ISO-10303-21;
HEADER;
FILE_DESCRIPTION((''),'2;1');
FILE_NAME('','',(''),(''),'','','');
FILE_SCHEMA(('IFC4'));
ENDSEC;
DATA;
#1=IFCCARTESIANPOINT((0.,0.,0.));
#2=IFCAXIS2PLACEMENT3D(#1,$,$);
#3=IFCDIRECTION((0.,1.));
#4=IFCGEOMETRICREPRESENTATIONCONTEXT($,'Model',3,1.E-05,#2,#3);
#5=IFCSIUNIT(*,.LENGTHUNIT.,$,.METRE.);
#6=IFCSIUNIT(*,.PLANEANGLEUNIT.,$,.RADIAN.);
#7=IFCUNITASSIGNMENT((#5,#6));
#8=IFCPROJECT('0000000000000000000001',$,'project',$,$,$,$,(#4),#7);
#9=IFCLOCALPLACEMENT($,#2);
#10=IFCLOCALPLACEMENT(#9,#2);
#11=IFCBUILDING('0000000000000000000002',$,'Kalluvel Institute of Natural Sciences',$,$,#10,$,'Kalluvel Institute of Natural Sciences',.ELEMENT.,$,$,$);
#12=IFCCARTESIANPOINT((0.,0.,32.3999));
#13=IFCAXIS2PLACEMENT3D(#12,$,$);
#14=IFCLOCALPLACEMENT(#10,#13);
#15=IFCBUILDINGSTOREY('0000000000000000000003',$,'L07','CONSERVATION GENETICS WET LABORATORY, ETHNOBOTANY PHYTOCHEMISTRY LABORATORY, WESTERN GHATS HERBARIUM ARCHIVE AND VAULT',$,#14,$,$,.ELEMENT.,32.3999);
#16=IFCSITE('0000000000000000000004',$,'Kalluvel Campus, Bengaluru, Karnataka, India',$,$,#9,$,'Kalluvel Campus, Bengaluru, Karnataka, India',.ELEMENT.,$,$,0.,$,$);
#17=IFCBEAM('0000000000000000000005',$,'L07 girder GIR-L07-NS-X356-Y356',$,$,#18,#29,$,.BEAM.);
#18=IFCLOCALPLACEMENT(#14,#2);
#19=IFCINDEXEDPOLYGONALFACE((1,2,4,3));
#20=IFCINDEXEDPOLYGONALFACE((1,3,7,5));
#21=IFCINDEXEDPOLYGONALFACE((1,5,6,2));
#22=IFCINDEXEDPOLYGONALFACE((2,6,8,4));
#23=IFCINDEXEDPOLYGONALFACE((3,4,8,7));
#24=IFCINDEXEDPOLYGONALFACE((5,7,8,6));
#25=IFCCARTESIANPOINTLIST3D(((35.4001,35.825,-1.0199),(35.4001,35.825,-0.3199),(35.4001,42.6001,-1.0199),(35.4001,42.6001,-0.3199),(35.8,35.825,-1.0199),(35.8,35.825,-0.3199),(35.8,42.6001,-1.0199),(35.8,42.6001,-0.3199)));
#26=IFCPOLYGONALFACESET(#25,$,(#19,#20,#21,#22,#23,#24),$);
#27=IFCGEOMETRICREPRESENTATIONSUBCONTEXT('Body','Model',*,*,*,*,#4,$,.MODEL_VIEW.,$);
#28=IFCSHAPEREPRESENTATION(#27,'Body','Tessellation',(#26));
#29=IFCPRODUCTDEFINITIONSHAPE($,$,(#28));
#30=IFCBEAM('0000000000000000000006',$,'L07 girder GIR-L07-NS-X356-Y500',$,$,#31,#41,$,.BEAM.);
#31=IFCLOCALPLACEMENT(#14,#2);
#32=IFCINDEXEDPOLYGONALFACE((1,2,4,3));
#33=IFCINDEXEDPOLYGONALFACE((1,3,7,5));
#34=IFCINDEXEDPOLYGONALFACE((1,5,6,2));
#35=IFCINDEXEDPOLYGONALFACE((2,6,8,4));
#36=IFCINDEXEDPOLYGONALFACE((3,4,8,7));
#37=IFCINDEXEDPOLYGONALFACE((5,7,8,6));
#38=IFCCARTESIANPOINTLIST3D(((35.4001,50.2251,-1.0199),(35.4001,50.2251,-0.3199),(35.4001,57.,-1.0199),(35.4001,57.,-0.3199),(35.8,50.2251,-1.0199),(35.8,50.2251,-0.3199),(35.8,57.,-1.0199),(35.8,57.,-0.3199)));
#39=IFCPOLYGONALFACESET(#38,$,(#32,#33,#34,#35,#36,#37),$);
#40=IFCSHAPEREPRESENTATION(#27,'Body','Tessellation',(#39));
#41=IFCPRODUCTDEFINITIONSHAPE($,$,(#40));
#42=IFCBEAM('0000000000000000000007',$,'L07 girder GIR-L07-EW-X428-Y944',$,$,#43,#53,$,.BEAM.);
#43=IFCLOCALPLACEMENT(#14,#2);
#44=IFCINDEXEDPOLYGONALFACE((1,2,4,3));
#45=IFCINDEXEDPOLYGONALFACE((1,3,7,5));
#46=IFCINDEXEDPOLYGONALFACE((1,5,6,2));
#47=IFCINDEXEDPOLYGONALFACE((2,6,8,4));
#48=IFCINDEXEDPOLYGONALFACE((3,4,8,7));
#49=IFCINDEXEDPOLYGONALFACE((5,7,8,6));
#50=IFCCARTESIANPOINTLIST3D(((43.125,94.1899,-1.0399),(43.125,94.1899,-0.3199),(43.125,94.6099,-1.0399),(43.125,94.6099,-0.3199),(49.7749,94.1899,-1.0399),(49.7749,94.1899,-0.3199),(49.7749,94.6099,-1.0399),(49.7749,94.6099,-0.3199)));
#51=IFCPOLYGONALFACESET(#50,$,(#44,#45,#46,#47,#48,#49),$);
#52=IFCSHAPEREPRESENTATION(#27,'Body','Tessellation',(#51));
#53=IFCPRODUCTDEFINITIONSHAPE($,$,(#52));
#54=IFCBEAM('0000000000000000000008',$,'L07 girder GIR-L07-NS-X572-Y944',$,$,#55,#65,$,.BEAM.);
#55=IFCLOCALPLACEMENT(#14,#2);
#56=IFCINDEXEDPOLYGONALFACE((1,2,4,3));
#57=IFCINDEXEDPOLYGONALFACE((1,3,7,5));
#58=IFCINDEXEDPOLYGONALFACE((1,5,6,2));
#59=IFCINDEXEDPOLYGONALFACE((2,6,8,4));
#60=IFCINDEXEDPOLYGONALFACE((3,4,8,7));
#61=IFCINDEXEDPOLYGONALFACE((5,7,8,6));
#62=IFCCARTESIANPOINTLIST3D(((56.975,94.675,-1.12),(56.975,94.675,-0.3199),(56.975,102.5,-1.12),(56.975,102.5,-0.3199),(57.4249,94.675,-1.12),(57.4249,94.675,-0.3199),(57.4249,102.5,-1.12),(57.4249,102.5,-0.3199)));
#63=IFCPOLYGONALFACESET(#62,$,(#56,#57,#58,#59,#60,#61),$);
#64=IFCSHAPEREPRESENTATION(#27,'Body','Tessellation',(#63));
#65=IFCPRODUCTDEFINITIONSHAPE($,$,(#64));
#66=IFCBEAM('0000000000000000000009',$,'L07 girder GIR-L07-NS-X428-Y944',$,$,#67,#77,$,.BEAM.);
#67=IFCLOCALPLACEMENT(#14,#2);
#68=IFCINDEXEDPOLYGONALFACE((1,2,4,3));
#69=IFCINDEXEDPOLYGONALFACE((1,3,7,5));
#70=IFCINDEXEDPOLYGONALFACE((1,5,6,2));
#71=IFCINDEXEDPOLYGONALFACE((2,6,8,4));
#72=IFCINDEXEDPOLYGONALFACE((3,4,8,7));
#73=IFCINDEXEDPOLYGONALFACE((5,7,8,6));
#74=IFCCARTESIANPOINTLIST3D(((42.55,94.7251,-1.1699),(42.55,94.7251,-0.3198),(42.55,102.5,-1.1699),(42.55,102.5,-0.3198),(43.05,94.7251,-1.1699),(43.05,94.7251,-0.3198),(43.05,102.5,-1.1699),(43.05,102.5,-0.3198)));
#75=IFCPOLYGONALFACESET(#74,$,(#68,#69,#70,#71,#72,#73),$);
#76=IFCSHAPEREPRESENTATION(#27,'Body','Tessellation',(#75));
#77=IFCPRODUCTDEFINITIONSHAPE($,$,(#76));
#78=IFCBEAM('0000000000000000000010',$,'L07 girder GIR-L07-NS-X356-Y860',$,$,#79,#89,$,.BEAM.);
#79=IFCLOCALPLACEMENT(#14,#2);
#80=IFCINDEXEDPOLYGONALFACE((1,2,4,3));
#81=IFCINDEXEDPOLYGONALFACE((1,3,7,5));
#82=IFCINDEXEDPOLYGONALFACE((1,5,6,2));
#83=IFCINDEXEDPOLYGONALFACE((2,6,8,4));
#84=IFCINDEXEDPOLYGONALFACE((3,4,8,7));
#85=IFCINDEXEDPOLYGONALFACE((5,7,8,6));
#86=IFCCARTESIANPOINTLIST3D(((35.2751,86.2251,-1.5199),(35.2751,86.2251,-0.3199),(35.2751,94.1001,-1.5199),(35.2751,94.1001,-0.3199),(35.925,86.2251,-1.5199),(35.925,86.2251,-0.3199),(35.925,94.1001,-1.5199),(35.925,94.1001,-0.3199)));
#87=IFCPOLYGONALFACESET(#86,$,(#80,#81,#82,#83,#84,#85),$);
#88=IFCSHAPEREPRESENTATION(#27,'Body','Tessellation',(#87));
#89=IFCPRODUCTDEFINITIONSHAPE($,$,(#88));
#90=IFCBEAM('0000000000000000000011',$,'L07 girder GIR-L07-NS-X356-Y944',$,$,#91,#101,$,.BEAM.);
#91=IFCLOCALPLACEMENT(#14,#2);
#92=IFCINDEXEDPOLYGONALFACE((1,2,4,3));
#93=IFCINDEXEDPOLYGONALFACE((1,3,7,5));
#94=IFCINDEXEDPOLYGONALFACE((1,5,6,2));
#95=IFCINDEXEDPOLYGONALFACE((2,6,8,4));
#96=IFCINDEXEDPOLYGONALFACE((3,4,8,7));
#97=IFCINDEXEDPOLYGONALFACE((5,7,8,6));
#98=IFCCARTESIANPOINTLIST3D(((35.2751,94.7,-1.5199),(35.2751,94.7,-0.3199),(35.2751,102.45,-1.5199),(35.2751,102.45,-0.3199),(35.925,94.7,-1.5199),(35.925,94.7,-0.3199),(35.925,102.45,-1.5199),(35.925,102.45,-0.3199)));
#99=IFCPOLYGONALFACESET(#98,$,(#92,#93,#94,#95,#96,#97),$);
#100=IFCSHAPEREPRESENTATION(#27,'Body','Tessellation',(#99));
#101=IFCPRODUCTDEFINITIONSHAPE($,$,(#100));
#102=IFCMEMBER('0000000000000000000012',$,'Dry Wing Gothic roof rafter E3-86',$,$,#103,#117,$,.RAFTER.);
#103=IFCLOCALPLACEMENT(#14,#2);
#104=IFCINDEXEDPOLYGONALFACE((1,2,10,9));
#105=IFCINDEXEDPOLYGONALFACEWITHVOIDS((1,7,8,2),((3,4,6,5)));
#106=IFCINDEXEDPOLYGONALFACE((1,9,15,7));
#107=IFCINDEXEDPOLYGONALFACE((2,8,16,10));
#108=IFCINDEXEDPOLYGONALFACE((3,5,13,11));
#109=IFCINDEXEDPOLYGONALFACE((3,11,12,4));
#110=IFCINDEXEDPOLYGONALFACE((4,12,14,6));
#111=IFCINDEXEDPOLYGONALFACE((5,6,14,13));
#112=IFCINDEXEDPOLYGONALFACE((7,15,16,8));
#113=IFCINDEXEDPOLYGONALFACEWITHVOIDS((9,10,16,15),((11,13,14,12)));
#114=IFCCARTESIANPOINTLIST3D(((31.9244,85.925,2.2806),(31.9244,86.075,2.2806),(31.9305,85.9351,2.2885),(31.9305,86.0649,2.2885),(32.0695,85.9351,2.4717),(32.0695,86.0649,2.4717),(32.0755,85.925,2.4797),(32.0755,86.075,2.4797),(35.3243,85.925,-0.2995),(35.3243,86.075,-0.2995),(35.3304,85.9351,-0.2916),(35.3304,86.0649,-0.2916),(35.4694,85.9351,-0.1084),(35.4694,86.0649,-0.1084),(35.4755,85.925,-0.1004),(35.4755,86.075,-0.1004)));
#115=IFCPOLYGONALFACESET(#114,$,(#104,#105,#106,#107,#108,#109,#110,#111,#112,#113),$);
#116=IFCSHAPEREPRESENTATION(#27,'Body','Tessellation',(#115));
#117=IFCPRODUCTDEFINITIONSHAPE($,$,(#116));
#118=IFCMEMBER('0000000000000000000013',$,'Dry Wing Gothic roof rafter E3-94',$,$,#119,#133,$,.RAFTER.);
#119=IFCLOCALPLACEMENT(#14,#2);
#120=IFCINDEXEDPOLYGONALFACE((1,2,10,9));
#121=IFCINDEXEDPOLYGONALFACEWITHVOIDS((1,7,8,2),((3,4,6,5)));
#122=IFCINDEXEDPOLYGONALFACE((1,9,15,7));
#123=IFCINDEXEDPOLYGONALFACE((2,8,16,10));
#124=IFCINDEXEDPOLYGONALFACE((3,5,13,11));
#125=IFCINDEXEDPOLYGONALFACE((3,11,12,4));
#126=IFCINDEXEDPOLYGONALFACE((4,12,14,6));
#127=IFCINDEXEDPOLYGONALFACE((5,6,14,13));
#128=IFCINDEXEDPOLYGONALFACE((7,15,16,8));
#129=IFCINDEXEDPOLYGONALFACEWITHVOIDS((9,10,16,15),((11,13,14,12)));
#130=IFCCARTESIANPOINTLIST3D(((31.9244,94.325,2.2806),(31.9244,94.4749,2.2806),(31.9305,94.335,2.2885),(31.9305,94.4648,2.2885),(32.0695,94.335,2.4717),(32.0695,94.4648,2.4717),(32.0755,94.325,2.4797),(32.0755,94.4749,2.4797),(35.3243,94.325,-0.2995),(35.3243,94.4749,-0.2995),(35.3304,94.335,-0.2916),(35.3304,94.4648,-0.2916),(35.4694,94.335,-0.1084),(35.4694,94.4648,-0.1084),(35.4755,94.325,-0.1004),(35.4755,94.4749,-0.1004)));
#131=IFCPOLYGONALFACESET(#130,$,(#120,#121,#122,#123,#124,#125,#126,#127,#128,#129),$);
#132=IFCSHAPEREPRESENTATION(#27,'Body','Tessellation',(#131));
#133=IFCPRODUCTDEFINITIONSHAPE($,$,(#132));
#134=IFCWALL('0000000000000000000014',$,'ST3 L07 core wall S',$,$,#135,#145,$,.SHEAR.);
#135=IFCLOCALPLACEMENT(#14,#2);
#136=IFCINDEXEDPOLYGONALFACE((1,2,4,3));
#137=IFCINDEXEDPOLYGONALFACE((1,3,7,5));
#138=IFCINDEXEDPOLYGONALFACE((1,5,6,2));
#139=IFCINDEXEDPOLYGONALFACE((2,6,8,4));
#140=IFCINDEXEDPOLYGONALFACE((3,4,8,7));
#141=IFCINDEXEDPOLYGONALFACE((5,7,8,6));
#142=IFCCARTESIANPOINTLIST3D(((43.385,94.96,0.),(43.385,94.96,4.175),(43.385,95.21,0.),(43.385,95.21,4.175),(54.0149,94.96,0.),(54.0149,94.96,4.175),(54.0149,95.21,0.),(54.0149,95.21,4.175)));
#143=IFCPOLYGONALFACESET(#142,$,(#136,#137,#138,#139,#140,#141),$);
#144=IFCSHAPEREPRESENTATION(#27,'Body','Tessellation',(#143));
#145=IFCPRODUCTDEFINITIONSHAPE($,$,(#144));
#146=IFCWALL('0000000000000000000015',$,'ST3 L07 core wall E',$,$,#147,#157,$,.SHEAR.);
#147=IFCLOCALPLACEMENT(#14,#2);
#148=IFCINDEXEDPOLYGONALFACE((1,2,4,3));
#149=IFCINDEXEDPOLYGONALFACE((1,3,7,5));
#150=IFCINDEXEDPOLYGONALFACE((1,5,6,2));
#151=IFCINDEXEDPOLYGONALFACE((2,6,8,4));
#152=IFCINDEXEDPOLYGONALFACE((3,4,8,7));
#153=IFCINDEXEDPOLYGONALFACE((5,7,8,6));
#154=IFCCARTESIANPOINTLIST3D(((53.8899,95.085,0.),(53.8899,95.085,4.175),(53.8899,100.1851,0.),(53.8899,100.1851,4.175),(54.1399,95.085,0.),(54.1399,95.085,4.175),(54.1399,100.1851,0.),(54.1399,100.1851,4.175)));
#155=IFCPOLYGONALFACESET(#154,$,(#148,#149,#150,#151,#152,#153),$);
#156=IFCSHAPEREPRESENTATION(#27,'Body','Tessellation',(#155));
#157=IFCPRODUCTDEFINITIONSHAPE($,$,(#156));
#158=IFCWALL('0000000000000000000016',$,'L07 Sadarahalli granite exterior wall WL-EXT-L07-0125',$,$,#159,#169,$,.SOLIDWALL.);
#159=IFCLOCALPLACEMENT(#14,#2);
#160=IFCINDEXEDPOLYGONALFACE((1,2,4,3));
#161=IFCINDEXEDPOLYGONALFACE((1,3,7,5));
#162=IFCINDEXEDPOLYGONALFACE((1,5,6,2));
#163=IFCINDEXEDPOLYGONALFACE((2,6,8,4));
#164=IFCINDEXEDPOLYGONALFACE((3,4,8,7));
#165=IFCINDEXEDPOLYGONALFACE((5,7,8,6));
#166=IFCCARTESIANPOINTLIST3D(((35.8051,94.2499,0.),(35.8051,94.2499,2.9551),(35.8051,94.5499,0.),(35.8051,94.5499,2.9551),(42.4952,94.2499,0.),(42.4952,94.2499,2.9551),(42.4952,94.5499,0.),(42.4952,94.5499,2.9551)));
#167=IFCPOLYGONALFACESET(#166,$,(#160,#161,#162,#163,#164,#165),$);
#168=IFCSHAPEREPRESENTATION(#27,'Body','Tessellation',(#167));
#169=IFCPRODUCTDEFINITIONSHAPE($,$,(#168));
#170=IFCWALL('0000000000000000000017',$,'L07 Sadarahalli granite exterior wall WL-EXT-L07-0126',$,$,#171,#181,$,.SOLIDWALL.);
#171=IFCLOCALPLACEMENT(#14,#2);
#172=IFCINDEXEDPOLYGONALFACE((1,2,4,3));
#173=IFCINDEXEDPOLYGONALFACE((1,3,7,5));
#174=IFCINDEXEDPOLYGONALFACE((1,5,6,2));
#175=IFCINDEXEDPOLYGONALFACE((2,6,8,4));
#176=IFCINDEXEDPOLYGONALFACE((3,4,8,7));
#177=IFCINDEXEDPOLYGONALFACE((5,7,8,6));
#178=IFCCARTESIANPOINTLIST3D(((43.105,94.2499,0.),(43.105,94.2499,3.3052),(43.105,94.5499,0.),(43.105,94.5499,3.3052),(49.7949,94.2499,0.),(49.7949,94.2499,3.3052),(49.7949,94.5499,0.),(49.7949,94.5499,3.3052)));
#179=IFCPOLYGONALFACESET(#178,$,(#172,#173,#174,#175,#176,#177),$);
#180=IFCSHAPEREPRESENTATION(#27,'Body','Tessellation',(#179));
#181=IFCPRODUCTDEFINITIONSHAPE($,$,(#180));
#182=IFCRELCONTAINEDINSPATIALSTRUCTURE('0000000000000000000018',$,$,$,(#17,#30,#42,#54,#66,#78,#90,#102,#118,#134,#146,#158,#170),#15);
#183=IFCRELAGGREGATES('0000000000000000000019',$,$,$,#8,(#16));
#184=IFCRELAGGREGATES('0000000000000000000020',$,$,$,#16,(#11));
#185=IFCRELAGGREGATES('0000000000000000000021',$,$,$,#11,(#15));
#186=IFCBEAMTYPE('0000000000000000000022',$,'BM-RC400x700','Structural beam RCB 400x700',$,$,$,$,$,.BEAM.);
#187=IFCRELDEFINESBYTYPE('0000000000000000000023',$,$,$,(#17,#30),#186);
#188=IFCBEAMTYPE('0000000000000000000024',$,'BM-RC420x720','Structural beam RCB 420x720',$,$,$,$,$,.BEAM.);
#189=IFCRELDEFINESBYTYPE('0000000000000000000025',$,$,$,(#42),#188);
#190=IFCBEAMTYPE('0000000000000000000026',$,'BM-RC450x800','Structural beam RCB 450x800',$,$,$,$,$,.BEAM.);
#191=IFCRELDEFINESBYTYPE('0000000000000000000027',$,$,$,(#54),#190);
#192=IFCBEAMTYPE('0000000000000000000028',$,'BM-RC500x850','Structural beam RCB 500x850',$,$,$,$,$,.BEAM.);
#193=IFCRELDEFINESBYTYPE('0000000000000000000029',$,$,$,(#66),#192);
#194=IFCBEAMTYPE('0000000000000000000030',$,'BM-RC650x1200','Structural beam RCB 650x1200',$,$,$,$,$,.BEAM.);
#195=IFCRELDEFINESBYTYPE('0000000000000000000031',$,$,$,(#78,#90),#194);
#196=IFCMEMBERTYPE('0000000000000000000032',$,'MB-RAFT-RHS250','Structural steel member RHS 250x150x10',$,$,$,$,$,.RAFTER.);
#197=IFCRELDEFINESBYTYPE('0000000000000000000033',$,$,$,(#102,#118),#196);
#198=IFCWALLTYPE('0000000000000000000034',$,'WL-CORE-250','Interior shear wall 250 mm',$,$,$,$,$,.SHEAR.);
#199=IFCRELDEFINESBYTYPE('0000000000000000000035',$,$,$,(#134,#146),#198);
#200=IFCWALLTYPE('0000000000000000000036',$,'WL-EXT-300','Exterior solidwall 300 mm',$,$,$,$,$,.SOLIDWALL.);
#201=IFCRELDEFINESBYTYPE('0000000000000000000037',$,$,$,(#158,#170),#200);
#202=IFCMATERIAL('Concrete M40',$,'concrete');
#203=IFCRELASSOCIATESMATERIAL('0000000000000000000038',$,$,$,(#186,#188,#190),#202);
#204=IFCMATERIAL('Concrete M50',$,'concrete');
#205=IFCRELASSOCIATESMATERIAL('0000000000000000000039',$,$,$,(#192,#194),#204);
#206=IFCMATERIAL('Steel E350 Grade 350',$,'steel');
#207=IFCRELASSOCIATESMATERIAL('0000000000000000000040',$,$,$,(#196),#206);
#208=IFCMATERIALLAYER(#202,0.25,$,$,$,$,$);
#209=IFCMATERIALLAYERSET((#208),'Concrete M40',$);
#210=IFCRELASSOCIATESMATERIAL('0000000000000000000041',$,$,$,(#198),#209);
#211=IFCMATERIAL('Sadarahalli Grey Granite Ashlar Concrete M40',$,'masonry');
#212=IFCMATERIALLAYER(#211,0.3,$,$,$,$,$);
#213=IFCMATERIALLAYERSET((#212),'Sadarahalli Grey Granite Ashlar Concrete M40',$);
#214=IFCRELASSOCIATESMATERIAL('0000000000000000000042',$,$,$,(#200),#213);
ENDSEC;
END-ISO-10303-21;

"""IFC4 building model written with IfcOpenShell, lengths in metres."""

from ifc_helpers import new_model, si_unit, direction, frame, frame_2d, origin, origin_2d, place, context, subcontext, project, spatial, rectangle, hollow_rectangle, extrude, material, layer, layer_set, material_profile, profile_set, type_object, element, save


model = new_model("IFC4")

# Units and contexts
model_context = context("Model", 3, precision=1e-05, world=origin(), true_north=direction((0.0, 1.0)))
body_context = subcontext(model_context, "Body", "Model", "MODEL_VIEW")
ifc_project = project(units=[si_unit("LENGTHUNIT", "METRE"), si_unit("PLANEANGLEUNIT", "RADIAN")], contexts=[model_context])

# Site, building, storey
site_placement = place(None, origin())
site = spatial("IfcSite", under=ifc_project, at=site_placement, Name="Kalluvel Campus, Bengaluru, Karnataka, India", LongName="Kalluvel Campus, Bengaluru, Karnataka, India", CompositionType="ELEMENT", RefElevation=0.0)
building_placement = place(site_placement, origin())
building = spatial("IfcBuilding", under=site, at=building_placement, Name="Kalluvel Institute of Natural Sciences", LongName="Kalluvel Institute of Natural Sciences", CompositionType="ELEMENT")
storey_placement = place(building_placement, frame((0.0, 0.0, 32.3999)))
storey = spatial("IfcBuildingStorey", under=building, at=storey_placement, Name="L07", Description="CONSERVATION GENETICS WET LABORATORY, ETHNOBOTANY PHYTOCHEMISTRY LABORATORY, WESTERN GHATS HERBARIUM ARCHIVE AND VAULT", CompositionType="ELEMENT", Elevation=32.3999)

# Shared definitions
ifc_material_1 = material(Name="Concrete M40", Category="concrete")

# Beams
ifc_material_2 = material(Name="Steel E350 Grade 350", Category="steel")
ifc_material_profile_1 = material_profile(ifc_material_1, rectangle(XDim=0.3999, YDim=0.7, at=origin_2d()), Name="RCB 400x700")
ifc_profile_set_1 = profile_set([ifc_material_profile_1], Name="Concrete M40")
beam_type_1 = type_object("IfcBeamType", Name="BM-RC400x700", Description="Structural beam RCB 400x700", PredefinedType="BEAM", material=ifc_profile_set_1)
beam_1_placement = place(storey_placement, frame((35.6001, 35.825, -0.6699), z_axis=(0.0, 1.0, 0.0), x_axis=(-1.0, 0.0, 0.0)))
element("IfcBeam", 1, at=beam_1_placement, inside=storey, type_object=beam_type_1, Name="L07 girder GIR-L07-NS-X356-Y356", PredefinedType="BEAM", context=body_context, shape_type="SweptSolid", body=[
    extrude(rectangle(XDim=0.3999, YDim=0.7, at=origin_2d()), origin(), (0.0, 0.0, 1.0), 6.7751),
])
beam_2_placement = place(storey_placement, frame((35.6001, 50.2251, -0.6699), z_axis=(0.0, 1.0, 0.0), x_axis=(-1.0, 0.0, 0.0)))
element("IfcBeam", 2, at=beam_2_placement, inside=storey, type_object=beam_type_1, Name="L07 girder GIR-L07-NS-X356-Y500", PredefinedType="BEAM", context=body_context, shape_type="SweptSolid", body=[
    extrude(rectangle(XDim=0.3999, YDim=0.7, at=origin_2d()), origin(), (0.0, 0.0, 1.0), 6.7749),
])
ifc_material_profile_2 = material_profile(ifc_material_1, rectangle(XDim=0.4199, YDim=0.72, at=origin_2d()), Name="RCB 420x720")
ifc_profile_set_2 = profile_set([ifc_material_profile_2], Name="Concrete M40")
beam_type_2 = type_object("IfcBeamType", Name="BM-RC420x720", Description="Structural beam RCB 420x720", PredefinedType="BEAM", material=ifc_profile_set_2)
beam_3_placement = place(storey_placement, frame((43.125, 94.3999, -0.6799), z_axis=(1.0, 0.0, 0.0), x_axis=(0.0, 1.0, 0.0)))
element("IfcBeam", 3, at=beam_3_placement, inside=storey, type_object=beam_type_2, Name="L07 girder GIR-L07-EW-X428-Y944", PredefinedType="BEAM", context=body_context, shape_type="SweptSolid", body=[
    extrude(rectangle(XDim=0.4199, YDim=0.72, at=origin_2d()), origin(), (0.0, 0.0, 1.0), 6.6499),
])
ifc_material_profile_3 = material_profile(ifc_material_1, rectangle(XDim=0.45, YDim=0.8, at=origin_2d()), Name="RCB 450x800")
ifc_profile_set_3 = profile_set([ifc_material_profile_3], Name="Concrete M40")
beam_type_3 = type_object("IfcBeamType", Name="BM-RC450x800", Description="Structural beam RCB 450x800", PredefinedType="BEAM", material=ifc_profile_set_3)
beam_4_placement = place(storey_placement, frame((57.2, 94.675, -0.72), z_axis=(0.0, 1.0, 0.0), x_axis=(-1.0, 0.0, 0.0)))
element("IfcBeam", 4, at=beam_4_placement, inside=storey, type_object=beam_type_3, Name="L07 girder GIR-L07-NS-X572-Y944", PredefinedType="BEAM", context=body_context, shape_type="SweptSolid", body=[
    extrude(rectangle(XDim=0.45, YDim=0.8, at=origin_2d()), origin(), (0.0, 0.0, 1.0), 7.825),
])
ifc_material_3 = material(Name="Concrete M50", Category="concrete")
ifc_material_profile_4 = material_profile(ifc_material_3, rectangle(XDim=0.5, YDim=0.8501, at=origin_2d()), Name="RCB 500x850")
ifc_profile_set_4 = profile_set([ifc_material_profile_4], Name="Concrete M50")
beam_type_4 = type_object("IfcBeamType", Name="BM-RC500x850", Description="Structural beam RCB 500x850", PredefinedType="BEAM", material=ifc_profile_set_4)
beam_5_placement = place(storey_placement, frame((42.8, 94.7251, -0.7449), z_axis=(0.0, 1.0, 0.0), x_axis=(-1.0, 0.0, 0.0)))
element("IfcBeam", 5, at=beam_5_placement, inside=storey, type_object=beam_type_4, Name="L07 girder GIR-L07-NS-X428-Y944", PredefinedType="BEAM", context=body_context, shape_type="SweptSolid", body=[
    extrude(rectangle(XDim=0.5, YDim=0.8501, at=origin_2d()), origin(), (0.0, 0.0, 1.0), 7.7749),
])
ifc_material_profile_5 = material_profile(ifc_material_3, rectangle(XDim=0.6499, YDim=1.2, at=origin_2d()), Name="RCB 650x1200")
ifc_profile_set_5 = profile_set([ifc_material_profile_5], Name="Concrete M50")
beam_type_5 = type_object("IfcBeamType", Name="BM-RC650x1200", Description="Structural beam RCB 650x1200", PredefinedType="BEAM", material=ifc_profile_set_5)
beam_6_placement = place(storey_placement, frame((35.6001, 86.2251, -0.9199), z_axis=(0.0, 1.0, 0.0), x_axis=(-1.0, 0.0, 0.0)))
element("IfcBeam", 6, at=beam_6_placement, inside=storey, type_object=beam_type_5, Name="L07 girder GIR-L07-NS-X356-Y860", PredefinedType="BEAM", context=body_context, shape_type="SweptSolid", body=[
    extrude(rectangle(XDim=0.6499, YDim=1.2, at=origin_2d()), origin(), (0.0, 0.0, 1.0), 7.875),
])
beam_7_placement = place(storey_placement, frame((35.6001, 94.7, -0.9199), z_axis=(0.0, 1.0, 0.0), x_axis=(-1.0, 0.0, 0.0)))
element("IfcBeam", 7, at=beam_7_placement, inside=storey, type_object=beam_type_5, Name="L07 girder GIR-L07-NS-X356-Y944", PredefinedType="BEAM", context=body_context, shape_type="SweptSolid", body=[
    extrude(rectangle(XDim=0.6499, YDim=1.2, at=origin_2d()), origin(), (0.0, 0.0, 1.0), 7.75),
])

# Members
ifc_material_profile_6 = material_profile(ifc_material_2, hollow_rectangle(XDim=0.1499, YDim=0.25, WallThickness=0.01, at=origin_2d()), Name="RHS 250x150x10")
ifc_profile_set_6 = profile_set([ifc_material_profile_6], Name="Steel E350 Grade 350")
member_type = type_object("IfcMemberType", Name="MB-RAFT-RHS250", Description="Structural steel member RHS 250x150x10", PredefinedType="RAFTER", material=ifc_profile_set_6)
for number, where, z_axis, x_axis, name in (
    (8, (35.3999, 86.0, -0.2), (-0.796596, 0.0, 0.604512), (0.0, -1.0, 0.0), "Dry Wing Gothic roof rafter E3-86"),
    (9, (35.3999, 94.3999, -0.2), (-0.796596, 0.0, 0.604512), (0.0, -1.0, 0.0), "Dry Wing Gothic roof rafter E3-94"),
):
    element("IfcMember", number, at=place(storey_placement, frame(where, z_axis=z_axis, x_axis=x_axis)), inside=storey, type_object=member_type, Name=name, PredefinedType="RAFTER", context=body_context, shape_type="SweptSolid", body=[
        extrude(hollow_rectangle(XDim=0.1499, YDim=0.25, WallThickness=0.01, at=origin_2d()), origin(), (0.0, 0.0, 1.0), 4.2681),
    ])

# Walls
ifc_layer_1 = layer(ifc_material_1, 0.25)
ifc_layer_set_1 = layer_set([ifc_layer_1], Name="Concrete M40")
wall_type_1 = type_object("IfcWallType", Name="WL-CORE-250", Description="Interior shear wall 250 mm", PredefinedType="SHEAR", material=ifc_layer_set_1)
wall_1_placement = place(storey_placement, frame((43.385, 95.085, 0.0), z_axis=(0.0, 0.0, 1.0), x_axis=(1.0, 0.0, 0.0)))
element("IfcWall", 10, at=wall_1_placement, inside=storey, type_object=wall_type_1, Name="ST3 L07 core wall S", PredefinedType="SHEAR", context=body_context, shape_type="SweptSolid", body=[
    extrude(rectangle(XDim=10.6299, YDim=0.25, at=frame_2d((5.3149, 0.0))), origin(), (0.0, 0.0, 1.0), 4.175),
])
wall_2_placement = place(storey_placement, frame((54.0149, 95.085, 0.0), z_axis=(0.0, 0.0, 1.0), x_axis=(0.0, 1.0, 0.0)))
element("IfcWall", 11, at=wall_2_placement, inside=storey, type_object=wall_type_1, Name="ST3 L07 core wall E", PredefinedType="SHEAR", context=body_context, shape_type="SweptSolid", body=[
    extrude(rectangle(XDim=5.1001, YDim=0.25, at=frame_2d((2.55, 0.0))), origin(), (0.0, 0.0, 1.0), 4.175),
])
ifc_material_4 = material(Name="Sadarahalli Grey Granite Ashlar Concrete M40", Category="masonry")
ifc_layer_2 = layer(ifc_material_4, 0.3)
ifc_layer_set_2 = layer_set([ifc_layer_2], Name="Sadarahalli Grey Granite Ashlar Concrete M40")
wall_type_2 = type_object("IfcWallType", Name="WL-EXT-300", Description="Exterior solidwall 300 mm", PredefinedType="SOLIDWALL", material=ifc_layer_set_2)
wall_3_placement = place(storey_placement, frame((35.8049, 94.3999, 0.0), z_axis=(0.0, 0.0, 1.0), x_axis=(1.0, 0.0, 0.0)))
element("IfcWall", 12, at=wall_3_placement, inside=storey, type_object=wall_type_2, Name="L07 Sadarahalli granite exterior wall WL-EXT-L07-0125", PredefinedType="SOLIDWALL", context=body_context, shape_type="SweptSolid", body=[
    extrude(rectangle(XDim=6.6902, YDim=0.3, at=frame_2d((3.3452, 0.0))), origin(), (0.0, 0.0, 1.0), 2.9551),
])
wall_4_placement = place(storey_placement, frame((43.105, 94.3999, 0.0), z_axis=(0.0, 0.0, 1.0), x_axis=(1.0, 0.0, 0.0)))
element("IfcWall", 13, at=wall_4_placement, inside=storey, type_object=wall_type_2, Name="L07 Sadarahalli granite exterior wall WL-EXT-L07-0126", PredefinedType="SOLIDWALL", context=body_context, shape_type="SweptSolid", body=[
    extrude(rectangle(XDim=6.6899, YDim=0.3, at=frame_2d((3.345, 0.0))), origin(), (0.0, 0.0, 1.0), 3.3052),
])

save(model, "model.ifc")
